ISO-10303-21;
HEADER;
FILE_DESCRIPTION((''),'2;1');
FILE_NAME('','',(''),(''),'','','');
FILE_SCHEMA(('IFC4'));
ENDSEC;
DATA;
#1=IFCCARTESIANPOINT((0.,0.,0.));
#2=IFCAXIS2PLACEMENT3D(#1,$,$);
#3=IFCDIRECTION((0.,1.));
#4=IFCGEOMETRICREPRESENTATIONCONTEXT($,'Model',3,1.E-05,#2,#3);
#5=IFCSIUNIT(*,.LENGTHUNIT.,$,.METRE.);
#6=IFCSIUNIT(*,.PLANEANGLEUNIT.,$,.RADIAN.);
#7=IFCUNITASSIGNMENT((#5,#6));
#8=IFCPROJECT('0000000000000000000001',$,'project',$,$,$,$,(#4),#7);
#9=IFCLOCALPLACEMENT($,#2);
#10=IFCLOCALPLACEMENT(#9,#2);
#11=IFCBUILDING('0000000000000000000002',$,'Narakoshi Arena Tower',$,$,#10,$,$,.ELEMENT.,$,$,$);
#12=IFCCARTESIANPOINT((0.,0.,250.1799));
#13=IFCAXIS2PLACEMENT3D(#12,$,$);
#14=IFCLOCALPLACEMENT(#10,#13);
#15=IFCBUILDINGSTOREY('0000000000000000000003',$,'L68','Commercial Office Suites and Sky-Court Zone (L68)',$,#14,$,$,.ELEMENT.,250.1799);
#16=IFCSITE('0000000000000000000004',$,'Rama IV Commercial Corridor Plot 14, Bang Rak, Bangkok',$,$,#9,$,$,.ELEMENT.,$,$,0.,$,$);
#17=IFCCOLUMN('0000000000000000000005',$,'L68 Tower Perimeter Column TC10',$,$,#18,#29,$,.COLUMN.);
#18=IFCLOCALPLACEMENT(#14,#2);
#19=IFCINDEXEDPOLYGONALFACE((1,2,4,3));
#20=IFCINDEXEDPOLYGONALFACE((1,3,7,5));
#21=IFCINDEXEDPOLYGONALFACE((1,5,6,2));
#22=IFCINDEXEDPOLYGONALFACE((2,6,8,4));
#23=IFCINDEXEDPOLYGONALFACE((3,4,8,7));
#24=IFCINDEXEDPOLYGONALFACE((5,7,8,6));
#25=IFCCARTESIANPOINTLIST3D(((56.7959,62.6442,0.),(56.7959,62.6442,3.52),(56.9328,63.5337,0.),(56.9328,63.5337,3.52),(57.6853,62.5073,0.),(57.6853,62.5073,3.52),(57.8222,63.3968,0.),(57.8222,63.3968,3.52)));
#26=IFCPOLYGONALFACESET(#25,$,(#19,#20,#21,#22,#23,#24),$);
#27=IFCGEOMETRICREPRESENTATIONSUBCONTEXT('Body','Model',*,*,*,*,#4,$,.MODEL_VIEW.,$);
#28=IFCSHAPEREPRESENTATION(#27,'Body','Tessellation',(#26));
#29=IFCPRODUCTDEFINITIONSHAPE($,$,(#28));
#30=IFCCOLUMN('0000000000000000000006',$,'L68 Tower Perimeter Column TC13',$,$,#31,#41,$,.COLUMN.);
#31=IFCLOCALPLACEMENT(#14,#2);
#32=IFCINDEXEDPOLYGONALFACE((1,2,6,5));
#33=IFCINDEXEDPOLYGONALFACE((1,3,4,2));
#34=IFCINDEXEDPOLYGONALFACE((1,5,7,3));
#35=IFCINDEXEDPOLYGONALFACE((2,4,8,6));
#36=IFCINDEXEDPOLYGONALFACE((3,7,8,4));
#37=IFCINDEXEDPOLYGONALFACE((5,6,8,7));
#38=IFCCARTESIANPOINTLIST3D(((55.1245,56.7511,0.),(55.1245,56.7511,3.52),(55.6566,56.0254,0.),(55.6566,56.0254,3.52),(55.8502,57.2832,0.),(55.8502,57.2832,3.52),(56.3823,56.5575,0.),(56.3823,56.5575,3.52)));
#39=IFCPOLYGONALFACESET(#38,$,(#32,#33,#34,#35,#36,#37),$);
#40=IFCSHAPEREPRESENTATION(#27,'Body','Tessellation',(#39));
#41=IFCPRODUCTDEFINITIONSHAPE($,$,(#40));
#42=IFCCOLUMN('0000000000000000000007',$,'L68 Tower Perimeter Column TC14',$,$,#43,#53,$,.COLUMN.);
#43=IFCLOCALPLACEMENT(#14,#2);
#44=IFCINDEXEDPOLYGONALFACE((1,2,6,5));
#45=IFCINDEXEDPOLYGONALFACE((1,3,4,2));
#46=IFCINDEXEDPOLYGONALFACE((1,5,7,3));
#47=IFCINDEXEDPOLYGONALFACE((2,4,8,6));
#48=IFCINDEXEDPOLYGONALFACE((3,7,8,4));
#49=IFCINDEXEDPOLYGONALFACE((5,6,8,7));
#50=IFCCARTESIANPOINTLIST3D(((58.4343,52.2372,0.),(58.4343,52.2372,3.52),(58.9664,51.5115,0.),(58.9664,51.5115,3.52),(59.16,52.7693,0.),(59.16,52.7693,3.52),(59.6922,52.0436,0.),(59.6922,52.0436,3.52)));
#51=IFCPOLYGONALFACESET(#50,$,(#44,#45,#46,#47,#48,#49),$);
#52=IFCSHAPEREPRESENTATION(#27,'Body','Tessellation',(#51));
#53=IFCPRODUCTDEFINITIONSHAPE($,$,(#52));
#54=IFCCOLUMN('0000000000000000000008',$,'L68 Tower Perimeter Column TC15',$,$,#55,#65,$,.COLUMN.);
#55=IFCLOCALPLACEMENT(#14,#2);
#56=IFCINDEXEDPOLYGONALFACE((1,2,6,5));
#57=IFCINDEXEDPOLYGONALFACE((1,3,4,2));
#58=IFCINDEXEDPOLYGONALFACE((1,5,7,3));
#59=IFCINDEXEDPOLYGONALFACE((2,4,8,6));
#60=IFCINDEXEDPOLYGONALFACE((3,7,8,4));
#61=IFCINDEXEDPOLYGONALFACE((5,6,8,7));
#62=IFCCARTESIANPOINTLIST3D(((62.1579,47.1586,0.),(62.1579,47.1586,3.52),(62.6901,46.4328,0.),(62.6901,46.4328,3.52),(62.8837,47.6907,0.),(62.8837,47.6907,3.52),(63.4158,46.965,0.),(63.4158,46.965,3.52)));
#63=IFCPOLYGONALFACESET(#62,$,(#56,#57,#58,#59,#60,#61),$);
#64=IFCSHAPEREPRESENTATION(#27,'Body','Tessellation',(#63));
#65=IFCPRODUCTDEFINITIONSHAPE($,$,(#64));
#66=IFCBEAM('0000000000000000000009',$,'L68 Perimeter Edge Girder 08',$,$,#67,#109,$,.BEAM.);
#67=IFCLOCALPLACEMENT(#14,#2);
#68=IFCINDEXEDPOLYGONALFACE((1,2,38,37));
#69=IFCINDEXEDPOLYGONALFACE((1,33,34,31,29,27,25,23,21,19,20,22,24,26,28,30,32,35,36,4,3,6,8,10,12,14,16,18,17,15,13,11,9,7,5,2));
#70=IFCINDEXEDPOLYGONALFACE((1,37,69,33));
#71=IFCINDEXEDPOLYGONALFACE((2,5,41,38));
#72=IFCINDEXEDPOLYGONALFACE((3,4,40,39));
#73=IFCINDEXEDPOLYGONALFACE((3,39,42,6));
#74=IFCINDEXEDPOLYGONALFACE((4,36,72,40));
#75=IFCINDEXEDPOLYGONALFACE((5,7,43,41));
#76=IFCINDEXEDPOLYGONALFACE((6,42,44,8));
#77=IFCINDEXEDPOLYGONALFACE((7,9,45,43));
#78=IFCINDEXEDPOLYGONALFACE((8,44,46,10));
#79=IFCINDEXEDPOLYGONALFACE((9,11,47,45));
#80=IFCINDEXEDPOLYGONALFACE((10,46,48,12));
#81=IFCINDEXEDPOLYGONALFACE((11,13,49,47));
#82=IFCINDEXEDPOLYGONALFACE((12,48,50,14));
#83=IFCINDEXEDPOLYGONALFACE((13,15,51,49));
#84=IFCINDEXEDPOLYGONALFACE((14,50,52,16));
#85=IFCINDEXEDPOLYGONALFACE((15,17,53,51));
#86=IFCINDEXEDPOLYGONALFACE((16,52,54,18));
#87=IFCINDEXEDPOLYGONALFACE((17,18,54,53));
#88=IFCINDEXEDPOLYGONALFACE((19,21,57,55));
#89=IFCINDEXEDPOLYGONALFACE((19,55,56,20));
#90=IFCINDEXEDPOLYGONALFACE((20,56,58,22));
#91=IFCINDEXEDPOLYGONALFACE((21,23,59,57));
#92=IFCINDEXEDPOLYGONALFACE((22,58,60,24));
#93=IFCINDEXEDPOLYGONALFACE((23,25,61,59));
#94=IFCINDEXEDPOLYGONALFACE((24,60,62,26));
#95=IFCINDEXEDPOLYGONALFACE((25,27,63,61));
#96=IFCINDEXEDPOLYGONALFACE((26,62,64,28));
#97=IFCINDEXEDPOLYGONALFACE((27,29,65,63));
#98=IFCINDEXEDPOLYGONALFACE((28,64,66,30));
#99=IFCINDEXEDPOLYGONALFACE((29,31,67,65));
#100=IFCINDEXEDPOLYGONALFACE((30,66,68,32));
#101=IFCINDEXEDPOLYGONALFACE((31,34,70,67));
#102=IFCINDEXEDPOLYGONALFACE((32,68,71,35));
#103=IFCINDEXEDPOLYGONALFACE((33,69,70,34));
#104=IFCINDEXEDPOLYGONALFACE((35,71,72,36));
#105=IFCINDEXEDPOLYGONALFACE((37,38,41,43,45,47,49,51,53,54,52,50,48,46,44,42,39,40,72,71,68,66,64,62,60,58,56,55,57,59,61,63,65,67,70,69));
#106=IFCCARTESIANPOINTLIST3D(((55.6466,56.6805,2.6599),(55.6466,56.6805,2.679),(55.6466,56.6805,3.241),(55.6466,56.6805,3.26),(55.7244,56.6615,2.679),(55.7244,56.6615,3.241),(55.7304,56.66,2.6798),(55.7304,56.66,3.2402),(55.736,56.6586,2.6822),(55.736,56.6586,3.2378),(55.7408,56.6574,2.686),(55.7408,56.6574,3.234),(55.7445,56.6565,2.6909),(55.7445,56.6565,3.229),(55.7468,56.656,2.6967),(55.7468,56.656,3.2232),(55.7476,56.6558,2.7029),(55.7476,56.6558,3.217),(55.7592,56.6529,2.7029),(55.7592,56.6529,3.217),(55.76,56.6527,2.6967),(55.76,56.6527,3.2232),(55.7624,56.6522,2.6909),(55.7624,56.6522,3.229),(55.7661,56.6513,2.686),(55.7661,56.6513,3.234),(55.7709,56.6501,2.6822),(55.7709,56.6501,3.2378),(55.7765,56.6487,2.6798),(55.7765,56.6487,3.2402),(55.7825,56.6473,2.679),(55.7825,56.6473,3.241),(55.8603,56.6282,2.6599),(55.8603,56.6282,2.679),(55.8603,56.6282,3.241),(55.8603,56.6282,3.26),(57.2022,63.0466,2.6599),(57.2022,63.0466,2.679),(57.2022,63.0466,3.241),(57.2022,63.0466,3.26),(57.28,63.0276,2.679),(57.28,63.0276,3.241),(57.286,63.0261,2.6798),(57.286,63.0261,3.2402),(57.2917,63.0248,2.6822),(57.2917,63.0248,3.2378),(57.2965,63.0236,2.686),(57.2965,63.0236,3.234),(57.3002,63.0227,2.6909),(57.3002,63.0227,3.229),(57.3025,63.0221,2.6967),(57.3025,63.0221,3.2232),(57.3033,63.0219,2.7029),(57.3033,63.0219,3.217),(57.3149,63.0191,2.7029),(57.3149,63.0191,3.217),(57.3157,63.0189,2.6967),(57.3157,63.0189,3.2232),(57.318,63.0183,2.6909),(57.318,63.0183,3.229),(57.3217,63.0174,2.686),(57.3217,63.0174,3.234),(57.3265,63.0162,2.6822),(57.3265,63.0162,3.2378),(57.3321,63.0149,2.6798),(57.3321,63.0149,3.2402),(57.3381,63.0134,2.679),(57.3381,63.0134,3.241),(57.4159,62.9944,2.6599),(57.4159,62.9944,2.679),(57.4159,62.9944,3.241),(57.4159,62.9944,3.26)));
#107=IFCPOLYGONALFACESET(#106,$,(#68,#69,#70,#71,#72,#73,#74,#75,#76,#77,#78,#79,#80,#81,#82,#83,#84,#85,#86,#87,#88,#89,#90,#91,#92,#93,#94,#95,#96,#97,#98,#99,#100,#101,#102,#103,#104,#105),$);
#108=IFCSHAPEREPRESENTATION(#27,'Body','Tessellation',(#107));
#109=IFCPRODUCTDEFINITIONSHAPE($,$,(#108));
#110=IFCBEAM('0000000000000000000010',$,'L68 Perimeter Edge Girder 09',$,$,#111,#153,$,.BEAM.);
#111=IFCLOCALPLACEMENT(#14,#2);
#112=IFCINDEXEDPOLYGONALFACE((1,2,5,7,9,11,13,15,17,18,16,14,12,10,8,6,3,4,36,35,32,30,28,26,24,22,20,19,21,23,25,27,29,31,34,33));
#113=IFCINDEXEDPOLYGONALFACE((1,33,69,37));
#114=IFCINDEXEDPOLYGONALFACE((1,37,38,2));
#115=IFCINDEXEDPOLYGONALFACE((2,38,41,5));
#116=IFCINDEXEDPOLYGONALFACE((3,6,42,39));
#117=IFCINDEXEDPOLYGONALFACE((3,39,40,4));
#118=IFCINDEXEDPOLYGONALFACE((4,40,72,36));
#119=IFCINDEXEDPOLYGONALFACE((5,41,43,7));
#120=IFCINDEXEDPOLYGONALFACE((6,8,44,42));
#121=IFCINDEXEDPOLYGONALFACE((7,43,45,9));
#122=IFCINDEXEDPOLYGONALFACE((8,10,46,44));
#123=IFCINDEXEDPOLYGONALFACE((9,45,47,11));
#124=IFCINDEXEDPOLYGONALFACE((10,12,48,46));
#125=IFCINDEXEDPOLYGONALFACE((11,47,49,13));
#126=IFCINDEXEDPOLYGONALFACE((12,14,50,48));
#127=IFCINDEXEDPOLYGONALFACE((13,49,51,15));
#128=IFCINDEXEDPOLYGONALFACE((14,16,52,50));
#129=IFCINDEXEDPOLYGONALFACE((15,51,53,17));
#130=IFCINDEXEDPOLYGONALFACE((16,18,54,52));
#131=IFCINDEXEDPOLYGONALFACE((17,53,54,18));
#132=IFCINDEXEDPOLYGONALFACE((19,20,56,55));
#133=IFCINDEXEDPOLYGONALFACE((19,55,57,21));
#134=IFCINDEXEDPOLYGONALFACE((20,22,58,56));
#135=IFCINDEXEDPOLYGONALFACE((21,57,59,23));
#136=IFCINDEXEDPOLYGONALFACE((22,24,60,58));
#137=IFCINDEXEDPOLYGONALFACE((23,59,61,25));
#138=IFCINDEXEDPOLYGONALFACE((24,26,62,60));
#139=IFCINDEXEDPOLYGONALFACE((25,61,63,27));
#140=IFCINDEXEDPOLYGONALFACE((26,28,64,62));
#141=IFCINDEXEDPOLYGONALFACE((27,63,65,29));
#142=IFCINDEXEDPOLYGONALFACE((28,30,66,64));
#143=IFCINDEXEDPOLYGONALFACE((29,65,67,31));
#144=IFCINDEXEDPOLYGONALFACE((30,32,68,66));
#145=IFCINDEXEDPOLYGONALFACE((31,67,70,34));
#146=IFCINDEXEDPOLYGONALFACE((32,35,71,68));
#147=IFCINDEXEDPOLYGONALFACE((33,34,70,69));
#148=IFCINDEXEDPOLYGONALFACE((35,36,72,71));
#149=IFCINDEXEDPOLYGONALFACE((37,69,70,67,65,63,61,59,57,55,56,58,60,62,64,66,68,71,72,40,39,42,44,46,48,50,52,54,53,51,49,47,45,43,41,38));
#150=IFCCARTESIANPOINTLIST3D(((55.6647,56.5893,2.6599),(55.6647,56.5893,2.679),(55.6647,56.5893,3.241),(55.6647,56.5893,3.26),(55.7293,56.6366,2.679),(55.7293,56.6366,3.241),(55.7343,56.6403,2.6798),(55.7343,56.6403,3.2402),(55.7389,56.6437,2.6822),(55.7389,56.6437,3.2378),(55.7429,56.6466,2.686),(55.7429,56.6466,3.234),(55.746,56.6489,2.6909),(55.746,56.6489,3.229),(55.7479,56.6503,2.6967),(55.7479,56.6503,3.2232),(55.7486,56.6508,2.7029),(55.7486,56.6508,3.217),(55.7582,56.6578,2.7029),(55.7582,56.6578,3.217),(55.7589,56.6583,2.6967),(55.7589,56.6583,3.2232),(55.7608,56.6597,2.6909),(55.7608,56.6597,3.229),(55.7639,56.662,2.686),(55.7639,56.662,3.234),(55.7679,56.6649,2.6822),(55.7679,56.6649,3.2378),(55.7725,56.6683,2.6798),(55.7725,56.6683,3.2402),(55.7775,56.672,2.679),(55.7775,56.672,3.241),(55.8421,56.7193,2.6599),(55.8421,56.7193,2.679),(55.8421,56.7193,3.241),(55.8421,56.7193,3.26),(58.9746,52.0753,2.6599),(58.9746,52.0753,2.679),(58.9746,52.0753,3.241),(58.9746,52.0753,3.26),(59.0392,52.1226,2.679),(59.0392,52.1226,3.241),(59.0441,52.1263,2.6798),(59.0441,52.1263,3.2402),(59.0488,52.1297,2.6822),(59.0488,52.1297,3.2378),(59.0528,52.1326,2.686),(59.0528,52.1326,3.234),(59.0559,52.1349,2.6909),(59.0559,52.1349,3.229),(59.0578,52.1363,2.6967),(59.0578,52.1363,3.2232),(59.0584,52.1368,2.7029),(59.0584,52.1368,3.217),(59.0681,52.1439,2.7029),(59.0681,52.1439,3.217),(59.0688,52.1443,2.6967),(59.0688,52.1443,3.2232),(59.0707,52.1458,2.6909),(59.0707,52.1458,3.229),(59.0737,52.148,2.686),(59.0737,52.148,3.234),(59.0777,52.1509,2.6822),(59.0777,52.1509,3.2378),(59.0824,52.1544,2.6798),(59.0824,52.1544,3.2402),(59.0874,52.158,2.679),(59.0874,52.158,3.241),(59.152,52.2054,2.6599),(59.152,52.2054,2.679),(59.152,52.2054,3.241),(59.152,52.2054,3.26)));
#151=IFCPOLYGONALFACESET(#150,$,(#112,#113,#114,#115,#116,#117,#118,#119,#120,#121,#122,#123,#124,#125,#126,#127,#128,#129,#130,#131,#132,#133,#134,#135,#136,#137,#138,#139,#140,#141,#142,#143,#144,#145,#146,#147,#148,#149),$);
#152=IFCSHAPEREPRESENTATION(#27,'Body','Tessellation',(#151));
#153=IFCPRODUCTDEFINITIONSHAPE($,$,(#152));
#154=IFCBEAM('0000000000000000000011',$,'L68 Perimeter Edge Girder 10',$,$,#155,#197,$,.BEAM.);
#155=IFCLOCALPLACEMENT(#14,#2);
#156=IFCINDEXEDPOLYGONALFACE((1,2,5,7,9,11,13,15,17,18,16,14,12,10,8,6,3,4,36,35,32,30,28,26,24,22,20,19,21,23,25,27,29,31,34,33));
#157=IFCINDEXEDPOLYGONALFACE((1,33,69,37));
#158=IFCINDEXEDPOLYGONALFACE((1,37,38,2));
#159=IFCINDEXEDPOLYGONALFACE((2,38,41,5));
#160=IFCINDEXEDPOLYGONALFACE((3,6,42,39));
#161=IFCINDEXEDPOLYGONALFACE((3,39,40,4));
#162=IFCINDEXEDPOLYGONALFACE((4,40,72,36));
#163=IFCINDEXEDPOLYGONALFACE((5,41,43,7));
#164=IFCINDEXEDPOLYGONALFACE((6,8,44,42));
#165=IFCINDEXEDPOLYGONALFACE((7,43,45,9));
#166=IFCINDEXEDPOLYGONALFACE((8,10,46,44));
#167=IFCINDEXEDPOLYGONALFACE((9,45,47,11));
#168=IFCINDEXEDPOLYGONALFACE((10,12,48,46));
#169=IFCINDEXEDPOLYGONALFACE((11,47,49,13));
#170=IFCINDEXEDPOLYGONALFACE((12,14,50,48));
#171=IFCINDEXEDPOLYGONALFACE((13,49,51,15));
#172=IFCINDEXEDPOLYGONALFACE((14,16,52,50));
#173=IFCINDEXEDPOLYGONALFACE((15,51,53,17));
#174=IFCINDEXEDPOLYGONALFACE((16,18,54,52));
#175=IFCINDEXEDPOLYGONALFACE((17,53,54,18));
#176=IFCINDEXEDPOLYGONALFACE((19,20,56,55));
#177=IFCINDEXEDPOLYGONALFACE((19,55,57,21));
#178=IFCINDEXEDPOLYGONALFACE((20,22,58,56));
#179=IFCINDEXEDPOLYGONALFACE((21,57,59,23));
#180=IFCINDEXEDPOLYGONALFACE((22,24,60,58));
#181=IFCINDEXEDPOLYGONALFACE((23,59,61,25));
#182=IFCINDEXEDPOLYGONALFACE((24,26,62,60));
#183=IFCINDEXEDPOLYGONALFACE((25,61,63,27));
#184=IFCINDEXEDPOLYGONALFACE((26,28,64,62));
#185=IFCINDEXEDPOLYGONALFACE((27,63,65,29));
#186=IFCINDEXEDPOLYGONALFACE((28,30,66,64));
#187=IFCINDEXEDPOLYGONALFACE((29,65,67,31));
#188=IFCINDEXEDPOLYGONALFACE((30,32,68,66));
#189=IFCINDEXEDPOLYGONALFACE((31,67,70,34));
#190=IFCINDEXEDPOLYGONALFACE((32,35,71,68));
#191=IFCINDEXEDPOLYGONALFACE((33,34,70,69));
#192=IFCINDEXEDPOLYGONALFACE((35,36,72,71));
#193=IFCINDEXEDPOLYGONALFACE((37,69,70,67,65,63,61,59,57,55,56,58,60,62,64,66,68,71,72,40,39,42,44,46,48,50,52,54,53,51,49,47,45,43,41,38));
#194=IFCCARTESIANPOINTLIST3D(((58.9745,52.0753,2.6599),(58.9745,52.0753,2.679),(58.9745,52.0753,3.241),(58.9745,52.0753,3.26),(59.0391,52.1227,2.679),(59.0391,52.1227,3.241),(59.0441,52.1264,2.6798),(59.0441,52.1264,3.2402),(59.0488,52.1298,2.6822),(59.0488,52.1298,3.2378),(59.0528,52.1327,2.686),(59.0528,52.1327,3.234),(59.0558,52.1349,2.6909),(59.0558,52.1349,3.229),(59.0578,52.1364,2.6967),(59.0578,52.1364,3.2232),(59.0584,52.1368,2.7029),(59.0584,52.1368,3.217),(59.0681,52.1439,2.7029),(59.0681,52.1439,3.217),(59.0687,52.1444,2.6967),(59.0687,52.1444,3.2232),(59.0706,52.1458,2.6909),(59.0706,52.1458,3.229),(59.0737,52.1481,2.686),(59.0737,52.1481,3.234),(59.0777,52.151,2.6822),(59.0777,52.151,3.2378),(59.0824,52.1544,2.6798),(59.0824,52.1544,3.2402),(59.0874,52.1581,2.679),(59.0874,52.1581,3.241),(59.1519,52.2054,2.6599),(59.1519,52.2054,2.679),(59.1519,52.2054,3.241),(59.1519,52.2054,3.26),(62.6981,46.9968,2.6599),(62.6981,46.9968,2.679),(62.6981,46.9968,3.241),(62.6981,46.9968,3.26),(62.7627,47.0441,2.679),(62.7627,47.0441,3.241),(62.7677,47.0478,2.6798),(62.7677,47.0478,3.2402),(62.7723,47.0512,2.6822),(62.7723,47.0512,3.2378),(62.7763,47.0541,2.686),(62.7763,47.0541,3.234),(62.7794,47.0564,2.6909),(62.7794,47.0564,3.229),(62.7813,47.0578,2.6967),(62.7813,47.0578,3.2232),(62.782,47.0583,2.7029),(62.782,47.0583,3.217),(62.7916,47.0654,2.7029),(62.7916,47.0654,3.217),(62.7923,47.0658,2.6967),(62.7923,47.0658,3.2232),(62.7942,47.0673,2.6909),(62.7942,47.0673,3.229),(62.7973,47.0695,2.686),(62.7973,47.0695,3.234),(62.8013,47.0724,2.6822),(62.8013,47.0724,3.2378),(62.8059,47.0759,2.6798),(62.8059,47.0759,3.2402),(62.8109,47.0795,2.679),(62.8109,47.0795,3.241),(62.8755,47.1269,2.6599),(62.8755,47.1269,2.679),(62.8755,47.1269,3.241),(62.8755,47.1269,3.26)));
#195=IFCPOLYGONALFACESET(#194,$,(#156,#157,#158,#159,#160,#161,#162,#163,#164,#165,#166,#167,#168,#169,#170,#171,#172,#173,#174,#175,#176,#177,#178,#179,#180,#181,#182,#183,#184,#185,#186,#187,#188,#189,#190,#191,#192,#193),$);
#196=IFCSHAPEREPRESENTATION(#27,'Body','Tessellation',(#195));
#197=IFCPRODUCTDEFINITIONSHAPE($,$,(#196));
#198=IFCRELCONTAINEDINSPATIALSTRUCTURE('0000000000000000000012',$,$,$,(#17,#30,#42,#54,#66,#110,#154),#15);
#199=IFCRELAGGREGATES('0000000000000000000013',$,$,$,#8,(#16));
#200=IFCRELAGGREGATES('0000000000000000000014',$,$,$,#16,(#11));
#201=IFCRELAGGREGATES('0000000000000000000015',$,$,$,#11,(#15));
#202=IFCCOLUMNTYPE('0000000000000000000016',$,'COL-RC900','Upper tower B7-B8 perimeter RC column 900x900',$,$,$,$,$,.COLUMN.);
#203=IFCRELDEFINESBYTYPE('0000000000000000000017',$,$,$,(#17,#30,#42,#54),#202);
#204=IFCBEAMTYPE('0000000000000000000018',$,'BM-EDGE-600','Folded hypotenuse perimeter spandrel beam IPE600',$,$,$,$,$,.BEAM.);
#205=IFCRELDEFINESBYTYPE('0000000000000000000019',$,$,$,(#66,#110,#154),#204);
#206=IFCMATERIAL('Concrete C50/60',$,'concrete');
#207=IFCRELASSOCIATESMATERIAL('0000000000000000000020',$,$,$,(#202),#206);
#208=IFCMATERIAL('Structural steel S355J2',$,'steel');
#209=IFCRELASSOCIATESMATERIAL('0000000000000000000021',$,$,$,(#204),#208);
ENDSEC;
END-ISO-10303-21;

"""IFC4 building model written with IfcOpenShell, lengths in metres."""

from ifc_helpers import new_model, si_unit, direction, frame, origin, origin_2d, place, context, subcontext, project, spatial, rectangle, i_section, extrude, material, material_profile, profile_set, type_object, element, save


model = new_model("IFC4")

# Units and contexts
model_context = context("Model", 3, precision=1e-05, world=origin(), true_north=direction((0.0, 1.0)))
body_context = subcontext(model_context, "Body", "Model", "MODEL_VIEW")
ifc_project = project(units=[si_unit("LENGTHUNIT", "METRE"), si_unit("PLANEANGLEUNIT", "RADIAN")], contexts=[model_context])

# Site, building, storey
site_placement = place(None, origin())
site = spatial("IfcSite", under=ifc_project, at=site_placement, Name="Rama IV Commercial Corridor Plot 14, Bang Rak, Bangkok", CompositionType="ELEMENT", RefElevation=0.0)
building_placement = place(site_placement, origin())
building = spatial("IfcBuilding", under=site, at=building_placement, Name="Narakoshi Arena Tower", CompositionType="ELEMENT")
storey_placement = place(building_placement, frame((0.0, 0.0, 250.1799)))
storey = spatial("IfcBuildingStorey", under=building, at=storey_placement, Name="L68", Description="Commercial Office Suites and Sky-Court Zone (L68)", CompositionType="ELEMENT", Elevation=250.1799)

# Columns
ifc_material_1 = material(Name="Concrete C50/60", Category="concrete")
ifc_material_profile_1 = material_profile(ifc_material_1, rectangle(XDim=0.8999, YDim=0.8999, at=origin_2d()), Name="RC900x900")
ifc_profile_set_1 = profile_set([ifc_material_profile_1], Name="Concrete C50/60")
column_type = type_object("IfcColumnType", Name="COL-RC900", Description="Upper tower B7-B8 perimeter RC column 900x900", PredefinedType="COLUMN", material=ifc_profile_set_1)
for number, where, z_axis, x_axis, name in (
    (1, (57.3091, 63.0205, 0.0), (0.0, 0.0, 1.0), (0.152123, 0.988362, 0.0), "L68 Tower Perimeter Column TC10"),
    (2, (55.7534, 56.6543, 0.0), (0.0, 0.0, 1.0), (-0.59131, 0.806445, 0.0), "L68 Tower Perimeter Column TC13"),
    (3, (59.0632, 52.1404, 0.0), (0.0, 0.0, 1.0), (-0.59131, 0.806445, 0.0), "L68 Tower Perimeter Column TC14"),
    (4, (62.7869, 47.0618, 0.0), (0.0, 0.0, 1.0), (-0.59131, 0.806445, 0.0), "L68 Tower Perimeter Column TC15"),
):
    element("IfcColumn", number, at=place(storey_placement, frame(where, z_axis=z_axis, x_axis=x_axis)), inside=storey, type_object=column_type, Name=name, PredefinedType="COLUMN", context=body_context, shape_type="SweptSolid", body=[
        extrude(rectangle(XDim=0.8999, YDim=0.8999, at=origin_2d()), origin(), (0.0, 0.0, 1.0), 3.52),
    ])

# Beams
ifc_material_2 = material(Name="Structural steel S355J2", Category="steel")
ifc_material_profile_2 = material_profile(ifc_material_2, i_section(OverallWidth=0.22, OverallDepth=0.6001, WebThickness=0.012, FlangeThickness=0.019, FilletRadius=0.0239, at=origin_2d()), Name="IPE600")
ifc_profile_set_2 = profile_set([ifc_material_profile_2], Name="Structural steel S355J2")
beam_type_1 = type_object("IfcBeamType", Name="BM-EDGE-600", Description="Folded hypotenuse perimeter spandrel beam IPE600", PredefinedType="BEAM", material=ifc_profile_set_2)
beam_1_placement = place(storey_placement, frame((57.3091, 63.0205, 2.96), z_axis=(-0.237378, -0.971417, 0.0), x_axis=(0.971417, -0.237378, 0.0)))
element("IfcBeam", 5, at=beam_1_placement, inside=storey, type_object=beam_type_1, Name="L68 Perimeter Edge Girder 08", PredefinedType="BEAM", context=body_context, shape_type="SweptSolid", body=[
    extrude(i_section(OverallWidth=0.22, OverallDepth=0.6001, WebThickness=0.012, FlangeThickness=0.019, FilletRadius=0.0239, at=origin_2d()), origin(), (0.0, 0.0, 1.0), 6.5535),
])
beam_2_placement = place(storey_placement, frame((55.7534, 56.6543, 2.96), z_axis=(0.591318, -0.806438, 0.0), x_axis=(0.806438, 0.591318, 0.0)))
element("IfcBeam", 6, at=beam_2_placement, inside=storey, type_object=beam_type_1, Name="L68 Perimeter Edge Girder 09", PredefinedType="BEAM", context=body_context, shape_type="SweptSolid", body=[
    extrude(i_section(OverallWidth=0.22, OverallDepth=0.6001, WebThickness=0.012, FlangeThickness=0.019, FilletRadius=0.0239, at=origin_2d()), origin(), (0.0, 0.0, 1.0), 5.5974),
])
for number, where, z_axis, x_axis, name in (
    (7, (59.0632, 52.1404, 2.96), (0.591293, -0.806457, 0.0), (0.806457, 0.591293, 0.0), "L68 Perimeter Edge Girder 10"),
):
    element("IfcBeam", number, at=place(storey_placement, frame(where, z_axis=z_axis, x_axis=x_axis)), inside=storey, type_object=beam_type_1, Name=name, PredefinedType="BEAM", context=body_context, shape_type="SweptSolid", body=[
        extrude(i_section(OverallWidth=0.22, OverallDepth=0.6001, WebThickness=0.012, FlangeThickness=0.019, FilletRadius=0.0239, at=origin_2d()), origin(), (0.0, 0.0, 1.0), 6.2974),
    ])

save(model, "model.ifc")
